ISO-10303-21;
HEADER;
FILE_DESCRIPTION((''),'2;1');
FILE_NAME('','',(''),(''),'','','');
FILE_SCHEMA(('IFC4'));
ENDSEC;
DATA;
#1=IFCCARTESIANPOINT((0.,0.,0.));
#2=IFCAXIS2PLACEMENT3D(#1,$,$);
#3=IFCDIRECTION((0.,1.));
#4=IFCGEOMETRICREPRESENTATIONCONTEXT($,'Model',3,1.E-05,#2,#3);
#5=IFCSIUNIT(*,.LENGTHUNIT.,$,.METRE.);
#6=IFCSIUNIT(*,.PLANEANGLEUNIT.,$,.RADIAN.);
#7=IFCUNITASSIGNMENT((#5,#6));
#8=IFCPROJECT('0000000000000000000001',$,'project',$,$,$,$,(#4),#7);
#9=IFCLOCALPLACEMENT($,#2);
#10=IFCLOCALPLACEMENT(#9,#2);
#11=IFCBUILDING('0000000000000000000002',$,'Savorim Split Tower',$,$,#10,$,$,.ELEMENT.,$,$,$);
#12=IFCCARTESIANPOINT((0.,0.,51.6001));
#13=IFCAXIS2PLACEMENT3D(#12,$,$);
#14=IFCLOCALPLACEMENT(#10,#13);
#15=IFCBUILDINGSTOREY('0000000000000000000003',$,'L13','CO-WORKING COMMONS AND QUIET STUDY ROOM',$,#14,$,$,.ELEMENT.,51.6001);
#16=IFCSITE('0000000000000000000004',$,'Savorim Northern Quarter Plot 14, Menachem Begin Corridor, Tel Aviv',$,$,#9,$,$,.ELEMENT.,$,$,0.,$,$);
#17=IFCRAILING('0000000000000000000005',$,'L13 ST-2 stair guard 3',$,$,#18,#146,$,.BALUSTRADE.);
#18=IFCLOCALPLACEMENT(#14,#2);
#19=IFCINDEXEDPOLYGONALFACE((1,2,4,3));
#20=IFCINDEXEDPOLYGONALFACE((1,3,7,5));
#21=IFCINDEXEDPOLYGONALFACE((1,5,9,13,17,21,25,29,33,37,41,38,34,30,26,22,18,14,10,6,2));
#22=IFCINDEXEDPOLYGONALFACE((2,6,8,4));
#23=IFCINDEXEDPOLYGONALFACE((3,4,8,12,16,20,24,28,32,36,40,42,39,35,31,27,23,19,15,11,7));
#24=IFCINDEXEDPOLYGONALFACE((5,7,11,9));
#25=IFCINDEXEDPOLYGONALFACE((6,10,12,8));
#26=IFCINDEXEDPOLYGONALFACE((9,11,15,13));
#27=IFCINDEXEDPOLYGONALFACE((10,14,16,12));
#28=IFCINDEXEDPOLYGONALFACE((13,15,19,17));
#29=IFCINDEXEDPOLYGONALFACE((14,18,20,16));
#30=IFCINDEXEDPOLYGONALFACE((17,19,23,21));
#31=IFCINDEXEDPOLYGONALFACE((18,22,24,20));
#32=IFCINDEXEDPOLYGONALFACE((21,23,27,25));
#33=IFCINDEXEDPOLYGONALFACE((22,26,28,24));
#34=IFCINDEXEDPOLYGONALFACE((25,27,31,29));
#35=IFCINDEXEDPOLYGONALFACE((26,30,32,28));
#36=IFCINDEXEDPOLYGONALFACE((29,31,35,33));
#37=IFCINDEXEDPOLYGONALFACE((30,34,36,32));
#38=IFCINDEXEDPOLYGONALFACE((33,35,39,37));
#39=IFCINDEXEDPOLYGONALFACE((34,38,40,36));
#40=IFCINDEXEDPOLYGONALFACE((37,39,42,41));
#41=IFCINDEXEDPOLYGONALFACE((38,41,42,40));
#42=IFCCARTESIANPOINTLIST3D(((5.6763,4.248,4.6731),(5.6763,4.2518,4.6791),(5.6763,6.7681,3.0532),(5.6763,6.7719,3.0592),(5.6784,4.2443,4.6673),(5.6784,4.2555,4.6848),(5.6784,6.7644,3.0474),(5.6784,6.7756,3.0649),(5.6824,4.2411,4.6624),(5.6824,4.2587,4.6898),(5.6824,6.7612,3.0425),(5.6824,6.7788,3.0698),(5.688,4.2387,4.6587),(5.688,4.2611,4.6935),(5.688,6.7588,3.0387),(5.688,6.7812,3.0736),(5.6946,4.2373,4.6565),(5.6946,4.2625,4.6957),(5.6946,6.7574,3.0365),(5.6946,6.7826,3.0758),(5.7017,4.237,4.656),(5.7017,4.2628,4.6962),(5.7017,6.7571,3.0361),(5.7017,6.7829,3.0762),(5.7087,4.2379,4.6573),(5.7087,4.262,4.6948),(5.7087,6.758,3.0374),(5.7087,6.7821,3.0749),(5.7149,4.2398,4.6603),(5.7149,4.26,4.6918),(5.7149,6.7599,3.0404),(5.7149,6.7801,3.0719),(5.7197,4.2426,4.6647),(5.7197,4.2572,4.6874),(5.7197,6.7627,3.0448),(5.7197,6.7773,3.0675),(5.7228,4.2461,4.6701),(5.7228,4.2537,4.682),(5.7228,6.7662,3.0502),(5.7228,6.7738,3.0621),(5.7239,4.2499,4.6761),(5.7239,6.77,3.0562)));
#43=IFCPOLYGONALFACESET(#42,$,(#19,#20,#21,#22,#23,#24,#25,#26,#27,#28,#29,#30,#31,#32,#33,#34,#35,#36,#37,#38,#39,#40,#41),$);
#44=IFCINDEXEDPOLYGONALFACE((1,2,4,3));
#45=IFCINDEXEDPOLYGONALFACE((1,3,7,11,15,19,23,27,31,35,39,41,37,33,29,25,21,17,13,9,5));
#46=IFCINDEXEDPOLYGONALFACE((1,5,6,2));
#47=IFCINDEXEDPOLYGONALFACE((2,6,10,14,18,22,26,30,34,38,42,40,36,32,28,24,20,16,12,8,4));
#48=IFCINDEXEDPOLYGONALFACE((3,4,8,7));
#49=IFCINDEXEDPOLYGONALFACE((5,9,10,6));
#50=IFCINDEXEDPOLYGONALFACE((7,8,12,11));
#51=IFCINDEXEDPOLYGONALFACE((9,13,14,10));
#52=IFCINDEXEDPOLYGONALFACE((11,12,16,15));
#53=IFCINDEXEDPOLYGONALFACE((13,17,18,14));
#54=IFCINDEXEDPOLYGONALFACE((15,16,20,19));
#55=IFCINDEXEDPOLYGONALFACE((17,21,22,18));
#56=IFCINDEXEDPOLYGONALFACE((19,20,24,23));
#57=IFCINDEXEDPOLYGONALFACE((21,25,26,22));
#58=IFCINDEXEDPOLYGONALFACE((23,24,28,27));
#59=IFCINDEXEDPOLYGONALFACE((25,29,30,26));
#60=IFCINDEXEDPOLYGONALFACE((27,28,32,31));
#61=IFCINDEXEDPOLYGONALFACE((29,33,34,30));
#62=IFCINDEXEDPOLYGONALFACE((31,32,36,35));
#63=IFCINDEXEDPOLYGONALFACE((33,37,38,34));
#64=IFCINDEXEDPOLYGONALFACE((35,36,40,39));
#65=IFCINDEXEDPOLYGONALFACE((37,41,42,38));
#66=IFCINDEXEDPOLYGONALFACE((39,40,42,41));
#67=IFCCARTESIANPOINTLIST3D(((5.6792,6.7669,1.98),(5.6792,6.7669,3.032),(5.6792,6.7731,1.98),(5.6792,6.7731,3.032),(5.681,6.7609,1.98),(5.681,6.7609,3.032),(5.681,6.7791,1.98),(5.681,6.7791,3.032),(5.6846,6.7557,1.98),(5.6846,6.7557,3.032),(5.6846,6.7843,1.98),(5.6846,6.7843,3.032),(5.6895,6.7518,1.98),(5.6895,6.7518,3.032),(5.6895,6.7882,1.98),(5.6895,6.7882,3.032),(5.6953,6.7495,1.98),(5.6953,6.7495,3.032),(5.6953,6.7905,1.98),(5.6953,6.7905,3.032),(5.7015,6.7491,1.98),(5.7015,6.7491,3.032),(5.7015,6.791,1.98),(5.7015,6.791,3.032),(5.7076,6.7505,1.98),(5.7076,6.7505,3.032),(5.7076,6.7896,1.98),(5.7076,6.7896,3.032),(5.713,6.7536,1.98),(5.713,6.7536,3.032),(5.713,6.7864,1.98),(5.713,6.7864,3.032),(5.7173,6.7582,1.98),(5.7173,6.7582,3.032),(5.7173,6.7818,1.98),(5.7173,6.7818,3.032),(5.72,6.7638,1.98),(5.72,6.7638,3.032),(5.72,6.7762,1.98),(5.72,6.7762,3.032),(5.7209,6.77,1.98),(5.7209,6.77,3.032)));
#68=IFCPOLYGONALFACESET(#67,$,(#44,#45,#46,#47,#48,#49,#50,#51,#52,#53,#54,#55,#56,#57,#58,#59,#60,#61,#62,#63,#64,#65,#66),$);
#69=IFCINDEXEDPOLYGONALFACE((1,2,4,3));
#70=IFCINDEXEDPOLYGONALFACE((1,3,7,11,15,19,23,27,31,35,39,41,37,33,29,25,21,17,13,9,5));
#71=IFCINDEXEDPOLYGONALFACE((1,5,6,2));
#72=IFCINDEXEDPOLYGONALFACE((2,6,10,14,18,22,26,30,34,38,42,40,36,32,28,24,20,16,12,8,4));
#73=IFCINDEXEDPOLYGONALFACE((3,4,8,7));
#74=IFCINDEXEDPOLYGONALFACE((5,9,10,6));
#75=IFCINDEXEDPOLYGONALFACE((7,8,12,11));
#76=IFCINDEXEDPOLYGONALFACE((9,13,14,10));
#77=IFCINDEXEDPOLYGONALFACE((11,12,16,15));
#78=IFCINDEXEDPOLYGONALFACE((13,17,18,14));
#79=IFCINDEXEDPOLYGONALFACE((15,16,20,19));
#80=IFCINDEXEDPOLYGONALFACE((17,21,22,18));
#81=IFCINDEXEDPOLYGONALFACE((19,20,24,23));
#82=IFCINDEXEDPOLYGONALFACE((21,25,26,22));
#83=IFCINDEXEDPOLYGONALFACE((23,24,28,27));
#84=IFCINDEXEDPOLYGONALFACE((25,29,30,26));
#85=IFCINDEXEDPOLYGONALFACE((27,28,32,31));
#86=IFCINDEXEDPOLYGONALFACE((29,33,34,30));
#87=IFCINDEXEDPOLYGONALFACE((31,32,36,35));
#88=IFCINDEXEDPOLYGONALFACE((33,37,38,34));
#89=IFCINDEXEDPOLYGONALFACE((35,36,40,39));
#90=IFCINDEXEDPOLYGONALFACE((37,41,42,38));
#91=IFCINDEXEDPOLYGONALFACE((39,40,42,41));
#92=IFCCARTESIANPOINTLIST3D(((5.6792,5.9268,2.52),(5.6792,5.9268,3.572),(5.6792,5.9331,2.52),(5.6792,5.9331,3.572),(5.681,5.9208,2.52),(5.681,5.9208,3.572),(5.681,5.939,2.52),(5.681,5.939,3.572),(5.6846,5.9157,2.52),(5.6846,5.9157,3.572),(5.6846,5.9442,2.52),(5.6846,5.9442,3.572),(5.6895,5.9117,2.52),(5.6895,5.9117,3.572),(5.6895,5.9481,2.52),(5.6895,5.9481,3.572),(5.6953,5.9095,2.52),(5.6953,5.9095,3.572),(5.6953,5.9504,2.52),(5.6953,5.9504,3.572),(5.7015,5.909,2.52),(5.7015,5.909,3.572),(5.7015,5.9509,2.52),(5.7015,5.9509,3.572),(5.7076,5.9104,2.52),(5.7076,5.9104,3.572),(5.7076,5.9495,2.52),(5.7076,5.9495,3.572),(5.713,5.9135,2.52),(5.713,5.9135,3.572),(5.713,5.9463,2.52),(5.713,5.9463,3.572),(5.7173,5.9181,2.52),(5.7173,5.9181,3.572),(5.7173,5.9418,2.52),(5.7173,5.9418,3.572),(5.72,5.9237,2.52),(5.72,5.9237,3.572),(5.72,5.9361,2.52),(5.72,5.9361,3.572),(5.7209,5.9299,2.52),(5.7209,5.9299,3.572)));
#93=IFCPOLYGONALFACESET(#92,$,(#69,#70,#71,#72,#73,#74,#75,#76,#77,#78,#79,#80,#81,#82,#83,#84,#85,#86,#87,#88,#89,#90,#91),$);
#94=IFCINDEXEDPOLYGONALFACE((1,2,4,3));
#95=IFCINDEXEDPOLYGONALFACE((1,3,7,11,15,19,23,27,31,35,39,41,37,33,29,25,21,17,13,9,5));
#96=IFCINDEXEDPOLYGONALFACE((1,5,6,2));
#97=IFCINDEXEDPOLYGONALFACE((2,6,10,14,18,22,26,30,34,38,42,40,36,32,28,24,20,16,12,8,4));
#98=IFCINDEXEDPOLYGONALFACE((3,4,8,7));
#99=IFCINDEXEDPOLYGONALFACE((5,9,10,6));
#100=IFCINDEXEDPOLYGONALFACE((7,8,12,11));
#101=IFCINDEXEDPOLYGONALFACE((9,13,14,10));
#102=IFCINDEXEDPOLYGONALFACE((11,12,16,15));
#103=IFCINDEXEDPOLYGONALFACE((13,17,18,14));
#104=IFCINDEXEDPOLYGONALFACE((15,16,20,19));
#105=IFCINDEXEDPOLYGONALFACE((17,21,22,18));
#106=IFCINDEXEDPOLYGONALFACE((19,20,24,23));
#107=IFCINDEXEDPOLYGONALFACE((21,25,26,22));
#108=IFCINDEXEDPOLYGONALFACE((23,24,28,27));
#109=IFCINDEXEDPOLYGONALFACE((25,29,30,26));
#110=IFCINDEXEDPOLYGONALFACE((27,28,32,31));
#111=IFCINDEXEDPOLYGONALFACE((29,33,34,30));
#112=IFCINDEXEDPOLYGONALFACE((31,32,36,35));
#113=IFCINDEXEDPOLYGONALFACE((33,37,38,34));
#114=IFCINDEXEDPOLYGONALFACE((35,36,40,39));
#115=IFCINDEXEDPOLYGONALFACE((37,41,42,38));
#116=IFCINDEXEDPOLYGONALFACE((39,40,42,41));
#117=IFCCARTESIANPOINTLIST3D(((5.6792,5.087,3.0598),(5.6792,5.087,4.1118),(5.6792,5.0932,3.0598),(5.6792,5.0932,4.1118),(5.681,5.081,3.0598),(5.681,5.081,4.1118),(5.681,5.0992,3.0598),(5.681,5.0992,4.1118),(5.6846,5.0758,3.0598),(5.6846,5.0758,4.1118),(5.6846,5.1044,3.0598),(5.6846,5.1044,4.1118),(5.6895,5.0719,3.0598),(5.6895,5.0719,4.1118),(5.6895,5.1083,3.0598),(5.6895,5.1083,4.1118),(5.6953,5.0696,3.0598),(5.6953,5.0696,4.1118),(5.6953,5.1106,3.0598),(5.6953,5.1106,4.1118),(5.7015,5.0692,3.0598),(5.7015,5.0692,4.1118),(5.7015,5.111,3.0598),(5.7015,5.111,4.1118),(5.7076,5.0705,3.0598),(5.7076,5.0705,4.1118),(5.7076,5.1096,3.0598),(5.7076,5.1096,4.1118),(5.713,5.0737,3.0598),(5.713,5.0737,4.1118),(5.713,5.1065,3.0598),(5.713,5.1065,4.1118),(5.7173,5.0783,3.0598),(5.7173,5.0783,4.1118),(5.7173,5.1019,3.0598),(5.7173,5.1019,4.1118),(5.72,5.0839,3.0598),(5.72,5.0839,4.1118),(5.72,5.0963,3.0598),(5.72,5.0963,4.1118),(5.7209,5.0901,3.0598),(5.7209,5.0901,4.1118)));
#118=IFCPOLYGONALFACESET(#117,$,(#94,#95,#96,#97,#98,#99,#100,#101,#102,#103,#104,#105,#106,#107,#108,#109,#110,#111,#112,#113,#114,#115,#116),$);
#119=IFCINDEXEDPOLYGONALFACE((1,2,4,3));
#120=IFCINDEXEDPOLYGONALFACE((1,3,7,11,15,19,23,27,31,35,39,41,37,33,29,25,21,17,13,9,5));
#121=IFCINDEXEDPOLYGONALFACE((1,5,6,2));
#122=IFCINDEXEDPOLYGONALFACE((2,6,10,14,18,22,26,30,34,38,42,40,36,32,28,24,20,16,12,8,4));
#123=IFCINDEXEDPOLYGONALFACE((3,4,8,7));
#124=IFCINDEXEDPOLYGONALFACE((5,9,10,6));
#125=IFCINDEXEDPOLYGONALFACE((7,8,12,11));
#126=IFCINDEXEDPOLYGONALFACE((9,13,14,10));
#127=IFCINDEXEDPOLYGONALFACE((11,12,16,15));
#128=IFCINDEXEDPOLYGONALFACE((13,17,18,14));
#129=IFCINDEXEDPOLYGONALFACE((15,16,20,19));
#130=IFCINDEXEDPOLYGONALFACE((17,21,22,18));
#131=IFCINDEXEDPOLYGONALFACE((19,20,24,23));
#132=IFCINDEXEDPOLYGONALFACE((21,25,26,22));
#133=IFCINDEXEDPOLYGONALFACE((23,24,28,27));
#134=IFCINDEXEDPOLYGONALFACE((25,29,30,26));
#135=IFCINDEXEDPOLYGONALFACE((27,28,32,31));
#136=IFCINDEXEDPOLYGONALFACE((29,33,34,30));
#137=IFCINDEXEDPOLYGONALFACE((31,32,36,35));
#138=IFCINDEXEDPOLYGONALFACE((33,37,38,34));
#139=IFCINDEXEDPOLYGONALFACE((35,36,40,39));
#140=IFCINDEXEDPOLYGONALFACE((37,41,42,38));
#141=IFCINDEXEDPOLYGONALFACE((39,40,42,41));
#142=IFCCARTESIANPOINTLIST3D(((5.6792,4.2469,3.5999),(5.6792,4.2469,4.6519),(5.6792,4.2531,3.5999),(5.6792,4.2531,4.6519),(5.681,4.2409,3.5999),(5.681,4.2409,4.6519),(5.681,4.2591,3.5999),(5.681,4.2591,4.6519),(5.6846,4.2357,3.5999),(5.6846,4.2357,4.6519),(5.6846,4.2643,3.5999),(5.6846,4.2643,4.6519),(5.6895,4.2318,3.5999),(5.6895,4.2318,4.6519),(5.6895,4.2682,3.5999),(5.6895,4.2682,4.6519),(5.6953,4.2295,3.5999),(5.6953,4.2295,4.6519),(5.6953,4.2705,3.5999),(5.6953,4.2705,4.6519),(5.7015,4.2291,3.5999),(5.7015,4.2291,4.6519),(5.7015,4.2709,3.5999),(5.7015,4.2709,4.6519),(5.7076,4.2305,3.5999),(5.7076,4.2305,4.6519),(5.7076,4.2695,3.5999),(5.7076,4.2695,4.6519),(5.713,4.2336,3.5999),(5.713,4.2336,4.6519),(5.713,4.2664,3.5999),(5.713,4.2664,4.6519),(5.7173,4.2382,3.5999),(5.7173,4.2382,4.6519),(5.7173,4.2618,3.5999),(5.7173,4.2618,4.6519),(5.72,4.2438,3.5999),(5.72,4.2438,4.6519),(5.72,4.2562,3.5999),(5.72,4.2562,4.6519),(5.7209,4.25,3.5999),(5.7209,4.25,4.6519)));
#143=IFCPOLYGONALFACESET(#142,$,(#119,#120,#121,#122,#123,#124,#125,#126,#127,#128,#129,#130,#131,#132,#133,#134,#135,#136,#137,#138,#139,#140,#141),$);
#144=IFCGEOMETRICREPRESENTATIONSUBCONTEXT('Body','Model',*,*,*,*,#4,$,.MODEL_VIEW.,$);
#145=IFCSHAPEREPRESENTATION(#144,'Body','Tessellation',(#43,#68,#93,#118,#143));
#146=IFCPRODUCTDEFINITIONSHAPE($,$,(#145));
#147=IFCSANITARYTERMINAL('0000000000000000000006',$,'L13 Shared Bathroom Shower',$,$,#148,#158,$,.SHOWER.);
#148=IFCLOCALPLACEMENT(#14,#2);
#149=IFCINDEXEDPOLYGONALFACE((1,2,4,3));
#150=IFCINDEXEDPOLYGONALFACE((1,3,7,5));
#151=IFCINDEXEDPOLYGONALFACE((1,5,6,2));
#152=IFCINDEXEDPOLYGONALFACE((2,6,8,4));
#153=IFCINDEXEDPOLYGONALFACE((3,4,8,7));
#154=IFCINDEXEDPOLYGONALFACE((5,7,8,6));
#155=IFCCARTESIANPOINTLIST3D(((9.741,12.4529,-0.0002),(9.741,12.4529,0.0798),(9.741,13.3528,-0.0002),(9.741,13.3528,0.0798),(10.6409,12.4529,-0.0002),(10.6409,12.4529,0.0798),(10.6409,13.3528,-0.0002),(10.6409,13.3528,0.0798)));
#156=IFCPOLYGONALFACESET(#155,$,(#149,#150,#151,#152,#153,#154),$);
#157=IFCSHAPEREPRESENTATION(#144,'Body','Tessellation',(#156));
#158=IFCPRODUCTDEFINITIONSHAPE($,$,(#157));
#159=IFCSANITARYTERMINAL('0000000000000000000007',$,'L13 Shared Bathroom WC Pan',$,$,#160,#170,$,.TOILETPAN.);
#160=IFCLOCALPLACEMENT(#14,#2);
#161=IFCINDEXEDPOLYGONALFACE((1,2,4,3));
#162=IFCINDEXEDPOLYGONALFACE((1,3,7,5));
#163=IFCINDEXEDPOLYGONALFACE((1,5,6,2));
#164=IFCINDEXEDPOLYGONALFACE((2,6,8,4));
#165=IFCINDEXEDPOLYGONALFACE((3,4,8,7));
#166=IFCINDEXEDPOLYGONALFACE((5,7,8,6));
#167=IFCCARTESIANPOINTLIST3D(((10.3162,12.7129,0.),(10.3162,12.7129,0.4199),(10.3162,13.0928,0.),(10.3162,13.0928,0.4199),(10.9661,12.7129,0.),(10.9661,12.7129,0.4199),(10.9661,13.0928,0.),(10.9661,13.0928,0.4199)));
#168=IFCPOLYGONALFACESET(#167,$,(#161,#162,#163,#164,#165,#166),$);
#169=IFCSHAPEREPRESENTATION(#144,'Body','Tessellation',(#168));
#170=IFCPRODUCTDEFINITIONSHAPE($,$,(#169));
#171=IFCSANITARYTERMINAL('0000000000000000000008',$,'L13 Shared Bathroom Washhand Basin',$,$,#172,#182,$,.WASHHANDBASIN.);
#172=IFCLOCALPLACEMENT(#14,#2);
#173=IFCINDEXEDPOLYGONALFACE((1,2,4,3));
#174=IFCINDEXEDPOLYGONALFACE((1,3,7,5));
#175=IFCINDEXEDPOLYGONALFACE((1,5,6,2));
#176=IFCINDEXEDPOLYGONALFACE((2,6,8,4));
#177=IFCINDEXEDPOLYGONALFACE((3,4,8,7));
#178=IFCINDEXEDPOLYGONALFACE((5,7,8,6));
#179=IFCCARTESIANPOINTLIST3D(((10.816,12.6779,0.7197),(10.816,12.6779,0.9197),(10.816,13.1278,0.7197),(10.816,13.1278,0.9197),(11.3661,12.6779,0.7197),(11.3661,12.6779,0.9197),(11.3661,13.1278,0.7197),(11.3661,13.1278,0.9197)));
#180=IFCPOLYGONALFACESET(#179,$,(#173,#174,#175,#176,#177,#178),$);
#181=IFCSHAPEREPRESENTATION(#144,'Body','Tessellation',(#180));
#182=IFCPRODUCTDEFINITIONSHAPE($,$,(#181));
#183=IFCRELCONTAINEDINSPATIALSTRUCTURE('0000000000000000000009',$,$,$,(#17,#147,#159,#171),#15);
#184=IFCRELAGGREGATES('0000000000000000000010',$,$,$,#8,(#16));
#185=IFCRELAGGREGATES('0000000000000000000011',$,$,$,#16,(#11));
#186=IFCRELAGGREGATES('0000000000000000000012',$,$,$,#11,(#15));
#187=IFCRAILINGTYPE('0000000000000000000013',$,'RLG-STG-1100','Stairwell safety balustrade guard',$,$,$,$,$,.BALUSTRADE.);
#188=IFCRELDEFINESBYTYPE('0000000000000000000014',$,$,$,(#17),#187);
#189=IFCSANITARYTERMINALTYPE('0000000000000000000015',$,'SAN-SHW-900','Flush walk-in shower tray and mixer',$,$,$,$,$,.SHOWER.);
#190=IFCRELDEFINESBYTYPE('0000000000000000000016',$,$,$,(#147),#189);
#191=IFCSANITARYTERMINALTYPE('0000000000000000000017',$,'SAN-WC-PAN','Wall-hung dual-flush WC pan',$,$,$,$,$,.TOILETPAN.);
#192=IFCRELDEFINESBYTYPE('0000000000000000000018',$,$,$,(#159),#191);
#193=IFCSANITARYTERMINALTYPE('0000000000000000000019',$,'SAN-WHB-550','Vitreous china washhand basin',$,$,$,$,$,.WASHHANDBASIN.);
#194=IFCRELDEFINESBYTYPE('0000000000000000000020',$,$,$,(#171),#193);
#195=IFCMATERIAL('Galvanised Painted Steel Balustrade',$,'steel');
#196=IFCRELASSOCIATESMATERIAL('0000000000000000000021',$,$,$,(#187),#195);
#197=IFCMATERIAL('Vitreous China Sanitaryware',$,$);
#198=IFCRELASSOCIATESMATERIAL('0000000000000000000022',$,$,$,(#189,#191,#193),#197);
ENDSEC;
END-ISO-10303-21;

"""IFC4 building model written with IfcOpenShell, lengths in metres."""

from ifc_helpers import new_model, si_unit, direction, frame, origin, origin_2d, place, context, subcontext, project, spatial, rectangle, circle, extrude, material, type_object, element, save


model = new_model("IFC4")

# Units and contexts
model_context = context("Model", 3, precision=1e-05, world=origin(), true_north=direction((0.0, 1.0)))
body_context = subcontext(model_context, "Body", "Model", "MODEL_VIEW")
ifc_project = project(units=[si_unit("LENGTHUNIT", "METRE"), si_unit("PLANEANGLEUNIT", "RADIAN")], contexts=[model_context])

# Site, building, storey
site_placement = place(None, origin())
site = spatial("IfcSite", under=ifc_project, at=site_placement, Name="Savorim Northern Quarter Plot 14, Menachem Begin Corridor, Tel Aviv", CompositionType="ELEMENT", RefElevation=0.0)
building_placement = place(site_placement, origin())
building = spatial("IfcBuilding", under=site, at=building_placement, Name="Savorim Split Tower", CompositionType="ELEMENT")
storey_placement = place(building_placement, frame((0.0, 0.0, 51.6001)))
storey = spatial("IfcBuildingStorey", under=building, at=storey_placement, Name="L13", Description="CO-WORKING COMMONS AND QUIET STUDY ROOM", CompositionType="ELEMENT", Elevation=51.6001)

# Railing
ifc_material_1 = material(Name="Galvanised Painted Steel Balustrade", Category="steel")
railing_type = type_object("IfcRailingType", Name="RLG-STG-1100", Description="Stairwell safety balustrade guard", PredefinedType="BALUSTRADE", material=ifc_material_1)
railing_1_placement = place(storey_placement, frame((5.7, 6.77, 1.98)))
element("IfcRailing", 1, at=railing_1_placement, inside=storey, type_object=railing_type, Name="L13 ST-2 stair guard 3", PredefinedType="BALUSTRADE", context=body_context, shape_type="SweptSolid", body=[
    extrude(circle(Radius=0.0239, at=origin_2d()), frame((0.0, 0.0, 1.0762), z_axis=(0.0, -0.8412, 0.540725), x_axis=(1.0, 0.0, 0.0)), (0.0, 0.0, 1.0), 2.9958),
    extrude(circle(Radius=0.021, at=origin_2d()), origin(), (0.0, 0.0, 1.0), 1.052),
    extrude(circle(Radius=0.021, at=origin_2d()), frame((0.0, -0.8401, 0.54)), (0.0, 0.0, 1.0), 1.052),
    extrude(circle(Radius=0.021, at=origin_2d()), frame((0.0, -1.6799, 1.0798)), (0.0, 0.0, 1.0), 1.052),
    extrude(circle(Radius=0.021, at=origin_2d()), frame((0.0, -2.52, 1.6199)), (0.0, 0.0, 1.0), 1.052),
])

# Sanitary terminals
ifc_material_2 = material(Name="Vitreous China Sanitaryware")
sanitary_terminal_type_1 = type_object("IfcSanitaryTerminalType", Name="SAN-SHW-900", Description="Flush walk-in shower tray and mixer", PredefinedType="SHOWER", material=ifc_material_2)
sanitary_terminal_1_placement = place(storey_placement, frame((10.1909, 12.9028, -0.0002), z_axis=(0.0, 0.0, 1.0), x_axis=(1.0, 0.0, 0.0)))
element("IfcSanitaryTerminal", 2, at=sanitary_terminal_1_placement, inside=storey, type_object=sanitary_terminal_type_1, Name="L13 Shared Bathroom Shower", PredefinedType="SHOWER", context=body_context, shape_type="SweptSolid", body=[
    extrude(rectangle(XDim=0.8999, YDim=0.8999, at=origin_2d()), origin(), (0.0, 0.0, 1.0), 0.0801),
])
sanitary_terminal_type_2 = type_object("IfcSanitaryTerminalType", Name="SAN-WC-PAN", Description="Wall-hung dual-flush WC pan", PredefinedType="TOILETPAN", material=ifc_material_2)
sanitary_terminal_2_placement = place(storey_placement, frame((10.6411, 12.9028, 0.0), z_axis=(0.0, 0.0, 1.0), x_axis=(1.0, 0.0, 0.0)))
element("IfcSanitaryTerminal", 3, at=sanitary_terminal_2_placement, inside=storey, type_object=sanitary_terminal_type_2, Name="L13 Shared Bathroom WC Pan", PredefinedType="TOILETPAN", context=body_context, shape_type="SweptSolid", body=[
    extrude(rectangle(XDim=0.6499, YDim=0.3799, at=origin_2d()), origin(), (0.0, 0.0, 1.0), 0.4199),
])
sanitary_terminal_type_3 = type_object("IfcSanitaryTerminalType", Name="SAN-WHB-550", Description="Vitreous china washhand basin", PredefinedType="WASHHANDBASIN", material=ifc_material_2)
sanitary_terminal_3_placement = place(storey_placement, frame((11.0911, 12.9028, 0.7197), z_axis=(0.0, 0.0, 1.0), x_axis=(1.0, 0.0, 0.0)))
element("IfcSanitaryTerminal", 4, at=sanitary_terminal_3_placement, inside=storey, type_object=sanitary_terminal_type_3, Name="L13 Shared Bathroom Washhand Basin", PredefinedType="WASHHANDBASIN", context=body_context, shape_type="SweptSolid", body=[
    extrude(rectangle(XDim=0.55, YDim=0.45, at=origin_2d()), origin(), (0.0, 0.0, 1.0), 0.2),
])

save(model, "model.ifc")
